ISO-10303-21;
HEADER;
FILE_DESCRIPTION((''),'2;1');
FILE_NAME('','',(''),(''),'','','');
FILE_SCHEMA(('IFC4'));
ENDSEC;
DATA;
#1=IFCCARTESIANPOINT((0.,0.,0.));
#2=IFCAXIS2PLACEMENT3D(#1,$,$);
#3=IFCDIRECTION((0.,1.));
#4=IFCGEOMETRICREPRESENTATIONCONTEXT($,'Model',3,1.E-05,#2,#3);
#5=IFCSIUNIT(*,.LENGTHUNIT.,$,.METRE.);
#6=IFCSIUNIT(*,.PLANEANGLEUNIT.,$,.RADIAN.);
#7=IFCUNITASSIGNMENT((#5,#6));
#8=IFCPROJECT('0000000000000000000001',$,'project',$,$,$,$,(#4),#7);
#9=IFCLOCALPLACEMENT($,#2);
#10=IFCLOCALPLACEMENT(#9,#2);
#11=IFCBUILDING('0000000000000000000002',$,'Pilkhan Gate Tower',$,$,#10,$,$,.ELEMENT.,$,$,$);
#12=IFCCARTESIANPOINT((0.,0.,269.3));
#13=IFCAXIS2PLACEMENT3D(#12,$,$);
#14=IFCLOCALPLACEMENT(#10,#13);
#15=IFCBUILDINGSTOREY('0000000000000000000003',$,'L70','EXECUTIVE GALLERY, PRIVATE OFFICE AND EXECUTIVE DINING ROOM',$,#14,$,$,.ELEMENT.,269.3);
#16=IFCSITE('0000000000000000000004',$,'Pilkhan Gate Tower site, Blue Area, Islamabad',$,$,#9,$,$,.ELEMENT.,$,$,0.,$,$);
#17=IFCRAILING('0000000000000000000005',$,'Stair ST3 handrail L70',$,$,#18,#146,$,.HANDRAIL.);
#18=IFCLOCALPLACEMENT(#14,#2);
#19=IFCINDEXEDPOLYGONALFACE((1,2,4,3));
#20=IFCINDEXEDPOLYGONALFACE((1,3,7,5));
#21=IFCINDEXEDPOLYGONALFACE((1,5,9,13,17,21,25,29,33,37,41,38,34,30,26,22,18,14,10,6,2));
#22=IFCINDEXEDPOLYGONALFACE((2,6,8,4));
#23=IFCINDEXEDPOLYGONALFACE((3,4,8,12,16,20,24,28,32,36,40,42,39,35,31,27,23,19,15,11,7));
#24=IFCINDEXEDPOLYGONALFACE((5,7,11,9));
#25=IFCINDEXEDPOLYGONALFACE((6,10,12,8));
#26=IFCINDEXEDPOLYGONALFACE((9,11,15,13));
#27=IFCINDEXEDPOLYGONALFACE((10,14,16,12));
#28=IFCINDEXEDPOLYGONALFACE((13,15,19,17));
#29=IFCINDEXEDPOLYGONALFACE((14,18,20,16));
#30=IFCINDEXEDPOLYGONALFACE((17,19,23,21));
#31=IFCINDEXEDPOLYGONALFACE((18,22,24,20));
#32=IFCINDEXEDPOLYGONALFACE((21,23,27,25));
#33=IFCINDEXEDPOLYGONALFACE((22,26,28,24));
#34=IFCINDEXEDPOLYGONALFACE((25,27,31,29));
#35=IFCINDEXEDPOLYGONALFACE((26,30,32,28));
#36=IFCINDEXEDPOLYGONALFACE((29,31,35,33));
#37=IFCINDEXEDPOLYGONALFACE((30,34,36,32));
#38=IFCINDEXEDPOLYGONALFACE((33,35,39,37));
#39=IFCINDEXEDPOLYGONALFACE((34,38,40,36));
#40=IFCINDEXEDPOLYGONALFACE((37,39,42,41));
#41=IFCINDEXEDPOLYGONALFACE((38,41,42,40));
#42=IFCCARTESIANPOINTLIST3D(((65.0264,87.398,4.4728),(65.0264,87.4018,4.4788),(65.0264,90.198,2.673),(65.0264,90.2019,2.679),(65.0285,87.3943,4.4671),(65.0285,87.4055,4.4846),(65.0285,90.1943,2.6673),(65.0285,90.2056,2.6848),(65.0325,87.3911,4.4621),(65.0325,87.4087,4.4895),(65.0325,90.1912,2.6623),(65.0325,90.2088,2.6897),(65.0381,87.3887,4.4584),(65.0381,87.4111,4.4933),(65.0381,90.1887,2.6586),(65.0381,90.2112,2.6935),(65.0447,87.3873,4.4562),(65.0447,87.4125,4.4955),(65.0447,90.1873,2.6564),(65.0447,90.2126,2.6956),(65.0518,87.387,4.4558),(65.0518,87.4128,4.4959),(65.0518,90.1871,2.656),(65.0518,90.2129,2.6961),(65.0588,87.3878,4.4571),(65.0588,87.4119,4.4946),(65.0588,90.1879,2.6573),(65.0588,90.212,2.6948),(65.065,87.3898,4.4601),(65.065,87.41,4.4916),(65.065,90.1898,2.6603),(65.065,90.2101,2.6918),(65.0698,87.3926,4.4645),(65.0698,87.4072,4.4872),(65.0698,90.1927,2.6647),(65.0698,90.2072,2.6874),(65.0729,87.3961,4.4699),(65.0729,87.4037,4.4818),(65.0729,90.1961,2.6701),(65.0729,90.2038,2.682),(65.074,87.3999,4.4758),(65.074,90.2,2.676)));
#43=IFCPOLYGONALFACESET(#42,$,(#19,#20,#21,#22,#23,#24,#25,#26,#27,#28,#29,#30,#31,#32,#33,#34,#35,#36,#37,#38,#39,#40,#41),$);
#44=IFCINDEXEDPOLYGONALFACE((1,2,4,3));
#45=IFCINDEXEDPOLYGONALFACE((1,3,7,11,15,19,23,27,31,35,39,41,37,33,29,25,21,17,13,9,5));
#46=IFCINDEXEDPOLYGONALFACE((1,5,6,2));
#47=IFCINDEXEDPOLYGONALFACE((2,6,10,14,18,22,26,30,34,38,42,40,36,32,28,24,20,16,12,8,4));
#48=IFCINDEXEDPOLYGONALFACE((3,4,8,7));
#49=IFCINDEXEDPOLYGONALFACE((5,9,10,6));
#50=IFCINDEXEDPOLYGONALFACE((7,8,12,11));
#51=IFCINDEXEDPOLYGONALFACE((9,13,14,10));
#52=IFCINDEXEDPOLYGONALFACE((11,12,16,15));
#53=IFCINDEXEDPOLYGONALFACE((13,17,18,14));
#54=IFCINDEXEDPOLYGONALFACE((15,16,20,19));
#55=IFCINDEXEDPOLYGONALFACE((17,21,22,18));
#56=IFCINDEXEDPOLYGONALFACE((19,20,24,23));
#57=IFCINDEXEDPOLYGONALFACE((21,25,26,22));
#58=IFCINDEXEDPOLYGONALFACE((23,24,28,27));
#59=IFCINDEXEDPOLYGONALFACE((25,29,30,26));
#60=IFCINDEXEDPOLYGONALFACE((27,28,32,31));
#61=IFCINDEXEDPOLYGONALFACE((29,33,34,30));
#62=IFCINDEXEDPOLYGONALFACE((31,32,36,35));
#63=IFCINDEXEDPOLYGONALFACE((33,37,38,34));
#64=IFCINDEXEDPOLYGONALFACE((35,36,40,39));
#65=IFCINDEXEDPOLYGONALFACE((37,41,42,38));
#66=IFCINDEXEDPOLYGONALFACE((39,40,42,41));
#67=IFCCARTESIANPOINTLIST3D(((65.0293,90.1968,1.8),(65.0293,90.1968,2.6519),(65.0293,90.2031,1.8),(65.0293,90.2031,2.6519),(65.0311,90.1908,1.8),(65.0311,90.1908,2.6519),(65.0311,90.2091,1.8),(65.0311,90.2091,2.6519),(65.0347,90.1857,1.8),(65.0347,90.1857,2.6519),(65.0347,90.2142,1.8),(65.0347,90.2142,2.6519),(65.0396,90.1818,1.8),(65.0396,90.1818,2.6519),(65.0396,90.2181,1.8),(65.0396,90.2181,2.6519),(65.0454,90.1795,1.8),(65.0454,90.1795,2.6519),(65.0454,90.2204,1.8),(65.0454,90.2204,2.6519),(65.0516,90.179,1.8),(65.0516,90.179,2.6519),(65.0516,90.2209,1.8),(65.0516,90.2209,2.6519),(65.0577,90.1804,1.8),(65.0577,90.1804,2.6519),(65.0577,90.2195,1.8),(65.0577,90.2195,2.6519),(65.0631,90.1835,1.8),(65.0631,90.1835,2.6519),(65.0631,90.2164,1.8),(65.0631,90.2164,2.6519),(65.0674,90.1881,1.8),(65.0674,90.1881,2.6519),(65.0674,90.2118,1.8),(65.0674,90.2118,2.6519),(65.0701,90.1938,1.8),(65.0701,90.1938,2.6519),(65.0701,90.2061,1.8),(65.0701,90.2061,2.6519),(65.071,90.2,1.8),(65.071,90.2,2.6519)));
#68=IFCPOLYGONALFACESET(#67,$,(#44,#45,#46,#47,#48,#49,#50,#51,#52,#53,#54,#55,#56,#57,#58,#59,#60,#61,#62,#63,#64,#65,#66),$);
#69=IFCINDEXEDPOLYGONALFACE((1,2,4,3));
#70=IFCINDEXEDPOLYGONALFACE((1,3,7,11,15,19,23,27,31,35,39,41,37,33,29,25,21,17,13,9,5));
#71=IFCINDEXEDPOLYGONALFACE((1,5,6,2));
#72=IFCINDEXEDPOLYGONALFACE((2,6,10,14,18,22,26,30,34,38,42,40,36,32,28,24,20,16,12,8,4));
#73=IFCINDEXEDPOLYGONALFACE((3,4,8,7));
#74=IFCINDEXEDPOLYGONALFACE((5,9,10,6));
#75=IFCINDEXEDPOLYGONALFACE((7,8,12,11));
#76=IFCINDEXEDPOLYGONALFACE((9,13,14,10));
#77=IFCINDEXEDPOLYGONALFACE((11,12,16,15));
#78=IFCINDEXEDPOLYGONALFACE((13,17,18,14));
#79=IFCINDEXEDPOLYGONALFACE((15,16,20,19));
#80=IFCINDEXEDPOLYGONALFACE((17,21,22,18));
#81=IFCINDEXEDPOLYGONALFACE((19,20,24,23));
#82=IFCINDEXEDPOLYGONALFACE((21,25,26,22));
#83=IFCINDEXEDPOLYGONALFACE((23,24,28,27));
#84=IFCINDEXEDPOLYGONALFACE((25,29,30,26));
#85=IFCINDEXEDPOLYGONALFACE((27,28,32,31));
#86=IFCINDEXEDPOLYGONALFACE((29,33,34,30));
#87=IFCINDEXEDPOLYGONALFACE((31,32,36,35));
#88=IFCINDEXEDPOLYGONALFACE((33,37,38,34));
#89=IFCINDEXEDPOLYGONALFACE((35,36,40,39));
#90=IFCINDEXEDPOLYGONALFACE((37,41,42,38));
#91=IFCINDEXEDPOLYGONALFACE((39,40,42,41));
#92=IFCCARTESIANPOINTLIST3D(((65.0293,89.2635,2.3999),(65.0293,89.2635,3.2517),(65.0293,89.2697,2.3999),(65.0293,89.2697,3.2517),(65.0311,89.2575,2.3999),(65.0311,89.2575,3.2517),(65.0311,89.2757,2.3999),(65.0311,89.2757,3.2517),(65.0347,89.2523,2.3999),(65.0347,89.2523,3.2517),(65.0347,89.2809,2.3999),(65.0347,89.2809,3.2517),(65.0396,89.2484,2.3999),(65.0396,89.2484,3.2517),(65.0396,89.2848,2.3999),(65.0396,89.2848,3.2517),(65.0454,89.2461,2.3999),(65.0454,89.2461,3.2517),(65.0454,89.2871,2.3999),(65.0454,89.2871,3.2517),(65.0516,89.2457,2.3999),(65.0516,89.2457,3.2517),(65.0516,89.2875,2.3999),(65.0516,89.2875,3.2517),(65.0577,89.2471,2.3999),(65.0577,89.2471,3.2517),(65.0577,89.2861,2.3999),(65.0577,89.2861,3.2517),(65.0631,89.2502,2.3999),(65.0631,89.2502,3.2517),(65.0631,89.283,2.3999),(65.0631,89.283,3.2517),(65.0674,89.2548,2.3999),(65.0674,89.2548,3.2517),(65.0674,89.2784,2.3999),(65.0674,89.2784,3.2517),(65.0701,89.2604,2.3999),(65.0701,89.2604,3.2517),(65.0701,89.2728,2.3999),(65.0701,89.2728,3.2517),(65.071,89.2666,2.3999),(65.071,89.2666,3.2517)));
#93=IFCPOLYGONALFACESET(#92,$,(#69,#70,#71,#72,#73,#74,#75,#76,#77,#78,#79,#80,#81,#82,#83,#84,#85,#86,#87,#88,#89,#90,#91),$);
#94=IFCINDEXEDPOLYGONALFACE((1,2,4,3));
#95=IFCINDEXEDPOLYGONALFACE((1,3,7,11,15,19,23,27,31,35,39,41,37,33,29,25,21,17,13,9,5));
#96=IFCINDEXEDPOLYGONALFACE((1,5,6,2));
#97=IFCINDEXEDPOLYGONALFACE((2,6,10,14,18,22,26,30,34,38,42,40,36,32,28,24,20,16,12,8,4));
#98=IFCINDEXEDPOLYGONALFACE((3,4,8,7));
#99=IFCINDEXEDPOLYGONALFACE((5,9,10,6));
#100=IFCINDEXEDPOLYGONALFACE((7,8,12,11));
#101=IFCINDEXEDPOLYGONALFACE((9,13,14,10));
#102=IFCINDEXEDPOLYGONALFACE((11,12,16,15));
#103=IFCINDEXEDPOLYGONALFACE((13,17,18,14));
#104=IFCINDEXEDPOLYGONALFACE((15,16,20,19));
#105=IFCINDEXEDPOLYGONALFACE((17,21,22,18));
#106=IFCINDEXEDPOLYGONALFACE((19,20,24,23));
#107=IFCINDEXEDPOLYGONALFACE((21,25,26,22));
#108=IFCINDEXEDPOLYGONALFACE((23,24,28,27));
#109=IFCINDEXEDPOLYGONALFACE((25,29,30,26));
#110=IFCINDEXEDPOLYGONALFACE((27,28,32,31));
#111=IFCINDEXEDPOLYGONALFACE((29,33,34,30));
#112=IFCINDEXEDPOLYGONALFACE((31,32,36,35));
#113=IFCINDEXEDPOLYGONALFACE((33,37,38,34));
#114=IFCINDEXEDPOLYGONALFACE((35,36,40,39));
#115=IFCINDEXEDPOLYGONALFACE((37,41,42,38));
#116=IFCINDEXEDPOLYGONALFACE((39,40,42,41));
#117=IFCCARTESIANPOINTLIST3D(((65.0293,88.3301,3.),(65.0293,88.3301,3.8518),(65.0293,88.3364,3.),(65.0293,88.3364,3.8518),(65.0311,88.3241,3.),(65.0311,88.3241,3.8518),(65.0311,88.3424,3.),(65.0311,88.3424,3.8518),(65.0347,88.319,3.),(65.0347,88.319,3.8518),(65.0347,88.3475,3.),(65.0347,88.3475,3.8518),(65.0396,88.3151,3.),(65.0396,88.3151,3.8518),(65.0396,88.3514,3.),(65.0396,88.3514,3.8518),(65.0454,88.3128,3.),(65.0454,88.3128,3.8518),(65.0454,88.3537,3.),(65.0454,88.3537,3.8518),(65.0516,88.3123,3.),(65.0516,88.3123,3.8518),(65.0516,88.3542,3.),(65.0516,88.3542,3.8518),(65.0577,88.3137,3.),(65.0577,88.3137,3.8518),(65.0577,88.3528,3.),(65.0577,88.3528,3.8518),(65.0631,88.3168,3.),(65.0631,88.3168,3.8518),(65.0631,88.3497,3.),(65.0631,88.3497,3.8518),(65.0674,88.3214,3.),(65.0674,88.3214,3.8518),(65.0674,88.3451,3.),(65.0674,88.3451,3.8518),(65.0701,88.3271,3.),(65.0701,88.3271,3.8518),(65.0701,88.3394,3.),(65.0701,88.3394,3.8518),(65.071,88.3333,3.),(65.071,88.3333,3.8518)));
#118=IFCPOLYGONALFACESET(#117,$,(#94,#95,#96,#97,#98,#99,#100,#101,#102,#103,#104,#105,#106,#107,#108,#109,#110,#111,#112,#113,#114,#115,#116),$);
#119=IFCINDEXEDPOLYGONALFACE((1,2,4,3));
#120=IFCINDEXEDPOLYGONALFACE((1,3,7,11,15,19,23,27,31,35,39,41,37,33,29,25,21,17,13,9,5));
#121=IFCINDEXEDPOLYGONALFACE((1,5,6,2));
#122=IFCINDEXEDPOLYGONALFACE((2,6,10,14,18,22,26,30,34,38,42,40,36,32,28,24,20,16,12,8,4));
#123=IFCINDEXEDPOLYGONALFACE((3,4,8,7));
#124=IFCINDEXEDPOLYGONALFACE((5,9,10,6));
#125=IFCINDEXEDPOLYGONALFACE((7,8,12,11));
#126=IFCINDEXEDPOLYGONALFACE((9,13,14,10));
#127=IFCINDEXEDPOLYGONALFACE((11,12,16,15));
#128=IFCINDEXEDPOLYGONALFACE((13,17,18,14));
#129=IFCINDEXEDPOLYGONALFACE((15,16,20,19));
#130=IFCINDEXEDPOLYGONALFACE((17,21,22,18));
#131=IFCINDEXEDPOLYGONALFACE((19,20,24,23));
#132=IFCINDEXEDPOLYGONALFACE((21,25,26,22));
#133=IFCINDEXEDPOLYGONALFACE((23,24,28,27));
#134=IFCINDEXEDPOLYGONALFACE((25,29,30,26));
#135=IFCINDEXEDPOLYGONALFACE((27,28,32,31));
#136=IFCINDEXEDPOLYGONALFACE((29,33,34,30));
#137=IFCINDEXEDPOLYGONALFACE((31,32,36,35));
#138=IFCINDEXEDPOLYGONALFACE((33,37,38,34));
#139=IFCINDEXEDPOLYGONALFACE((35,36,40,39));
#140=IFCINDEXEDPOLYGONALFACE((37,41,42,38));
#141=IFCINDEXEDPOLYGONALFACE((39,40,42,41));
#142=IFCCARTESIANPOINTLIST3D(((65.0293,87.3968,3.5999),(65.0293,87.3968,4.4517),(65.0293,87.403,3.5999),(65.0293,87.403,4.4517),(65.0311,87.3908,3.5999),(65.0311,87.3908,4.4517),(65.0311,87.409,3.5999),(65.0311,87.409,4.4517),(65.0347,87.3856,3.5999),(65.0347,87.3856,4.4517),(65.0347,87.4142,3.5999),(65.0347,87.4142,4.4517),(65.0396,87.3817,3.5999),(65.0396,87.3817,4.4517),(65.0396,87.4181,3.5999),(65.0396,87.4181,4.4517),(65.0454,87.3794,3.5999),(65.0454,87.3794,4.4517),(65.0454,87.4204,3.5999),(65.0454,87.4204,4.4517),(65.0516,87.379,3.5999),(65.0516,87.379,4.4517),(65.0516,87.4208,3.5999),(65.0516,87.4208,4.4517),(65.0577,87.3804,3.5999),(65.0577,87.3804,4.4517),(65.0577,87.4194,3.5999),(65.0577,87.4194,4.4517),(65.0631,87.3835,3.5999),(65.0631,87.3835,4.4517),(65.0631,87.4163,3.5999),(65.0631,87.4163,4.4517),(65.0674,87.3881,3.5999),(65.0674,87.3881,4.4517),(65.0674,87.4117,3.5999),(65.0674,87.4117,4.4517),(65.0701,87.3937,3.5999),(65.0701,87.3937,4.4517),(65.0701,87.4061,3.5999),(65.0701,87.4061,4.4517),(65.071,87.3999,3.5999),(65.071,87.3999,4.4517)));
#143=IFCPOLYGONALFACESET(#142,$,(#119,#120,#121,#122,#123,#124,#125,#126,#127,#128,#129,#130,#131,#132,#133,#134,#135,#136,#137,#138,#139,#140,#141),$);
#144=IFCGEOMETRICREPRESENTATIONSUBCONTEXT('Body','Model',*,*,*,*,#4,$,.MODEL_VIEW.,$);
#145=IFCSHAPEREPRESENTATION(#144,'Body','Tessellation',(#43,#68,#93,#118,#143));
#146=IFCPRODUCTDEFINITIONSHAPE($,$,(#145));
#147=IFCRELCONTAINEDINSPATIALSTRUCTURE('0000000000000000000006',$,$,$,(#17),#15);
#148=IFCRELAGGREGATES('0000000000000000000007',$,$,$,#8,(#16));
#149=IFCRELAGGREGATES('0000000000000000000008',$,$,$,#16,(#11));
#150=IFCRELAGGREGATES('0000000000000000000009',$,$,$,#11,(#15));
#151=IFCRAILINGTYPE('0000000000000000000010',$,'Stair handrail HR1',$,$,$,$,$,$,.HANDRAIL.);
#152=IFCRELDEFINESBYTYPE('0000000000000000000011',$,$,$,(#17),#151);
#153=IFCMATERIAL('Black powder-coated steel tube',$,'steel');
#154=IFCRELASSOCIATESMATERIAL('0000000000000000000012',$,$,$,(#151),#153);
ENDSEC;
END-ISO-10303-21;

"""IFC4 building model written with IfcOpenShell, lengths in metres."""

from ifc_helpers import new_model, si_unit, direction, frame, origin, origin_2d, place, context, subcontext, project, spatial, circle, extrude, material, type_object, element, save


model = new_model("IFC4")

# Units and contexts
model_context = context("Model", 3, precision=1e-05, world=origin(), true_north=direction((0.0, 1.0)))
body_context = subcontext(model_context, "Body", "Model", "MODEL_VIEW")
ifc_project = project(units=[si_unit("LENGTHUNIT", "METRE"), si_unit("PLANEANGLEUNIT", "RADIAN")], contexts=[model_context])

# Site, building, storey
site_placement = place(None, origin())
site = spatial("IfcSite", under=ifc_project, at=site_placement, Name="Pilkhan Gate Tower site, Blue Area, Islamabad", CompositionType="ELEMENT", RefElevation=0.0)
building_placement = place(site_placement, origin())
building = spatial("IfcBuilding", under=site, at=building_placement, Name="Pilkhan Gate Tower", CompositionType="ELEMENT")
storey_placement = place(building_placement, frame((0.0, 0.0, 269.3)))
storey = spatial("IfcBuildingStorey", under=building, at=storey_placement, Name="L70", Description="EXECUTIVE GALLERY, PRIVATE OFFICE AND EXECUTIVE DINING ROOM", CompositionType="ELEMENT", Elevation=269.3)

# Railing
ifc_material_1 = material(Name="Black powder-coated steel tube", Category="steel")
railing_type_1 = type_object("IfcRailingType", Name="Stair handrail HR1", PredefinedType="HANDRAIL", material=ifc_material_1)
railing_1_placement = place(storey_placement, frame((65.05, 90.2, 1.8)))
element("IfcRailing", 1, at=railing_1_placement, inside=storey, type_object=railing_type_1, Name="Stair ST3 handrail L70", PredefinedType="HANDRAIL", context=body_context, shape_type="SweptSolid", body=[
    extrude(circle(Radius=0.0239, at=origin_2d()), frame((0.0, 0.0, 0.876), z_axis=(0.0, -0.841209, 0.540709), x_axis=(1.0, 0.0, 0.0)), (0.0, 0.0, 1.0), 3.3286),
    extrude(circle(Radius=0.021, at=origin_2d()), origin(), (0.0, 0.0, 1.0), 0.8518),
    extrude(circle(Radius=0.021, at=origin_2d()), frame((0.0, -0.9333, 0.5999)), (0.0, 0.0, 1.0), 0.8518),
    extrude(circle(Radius=0.021, at=origin_2d()), frame((0.0, -1.8667, 1.2)), (0.0, 0.0, 1.0), 0.8518),
    extrude(circle(Radius=0.021, at=origin_2d()), frame((0.0, -2.8, 1.7998)), (0.0, 0.0, 1.0), 0.8518),
])

save(model, "model.ifc")
